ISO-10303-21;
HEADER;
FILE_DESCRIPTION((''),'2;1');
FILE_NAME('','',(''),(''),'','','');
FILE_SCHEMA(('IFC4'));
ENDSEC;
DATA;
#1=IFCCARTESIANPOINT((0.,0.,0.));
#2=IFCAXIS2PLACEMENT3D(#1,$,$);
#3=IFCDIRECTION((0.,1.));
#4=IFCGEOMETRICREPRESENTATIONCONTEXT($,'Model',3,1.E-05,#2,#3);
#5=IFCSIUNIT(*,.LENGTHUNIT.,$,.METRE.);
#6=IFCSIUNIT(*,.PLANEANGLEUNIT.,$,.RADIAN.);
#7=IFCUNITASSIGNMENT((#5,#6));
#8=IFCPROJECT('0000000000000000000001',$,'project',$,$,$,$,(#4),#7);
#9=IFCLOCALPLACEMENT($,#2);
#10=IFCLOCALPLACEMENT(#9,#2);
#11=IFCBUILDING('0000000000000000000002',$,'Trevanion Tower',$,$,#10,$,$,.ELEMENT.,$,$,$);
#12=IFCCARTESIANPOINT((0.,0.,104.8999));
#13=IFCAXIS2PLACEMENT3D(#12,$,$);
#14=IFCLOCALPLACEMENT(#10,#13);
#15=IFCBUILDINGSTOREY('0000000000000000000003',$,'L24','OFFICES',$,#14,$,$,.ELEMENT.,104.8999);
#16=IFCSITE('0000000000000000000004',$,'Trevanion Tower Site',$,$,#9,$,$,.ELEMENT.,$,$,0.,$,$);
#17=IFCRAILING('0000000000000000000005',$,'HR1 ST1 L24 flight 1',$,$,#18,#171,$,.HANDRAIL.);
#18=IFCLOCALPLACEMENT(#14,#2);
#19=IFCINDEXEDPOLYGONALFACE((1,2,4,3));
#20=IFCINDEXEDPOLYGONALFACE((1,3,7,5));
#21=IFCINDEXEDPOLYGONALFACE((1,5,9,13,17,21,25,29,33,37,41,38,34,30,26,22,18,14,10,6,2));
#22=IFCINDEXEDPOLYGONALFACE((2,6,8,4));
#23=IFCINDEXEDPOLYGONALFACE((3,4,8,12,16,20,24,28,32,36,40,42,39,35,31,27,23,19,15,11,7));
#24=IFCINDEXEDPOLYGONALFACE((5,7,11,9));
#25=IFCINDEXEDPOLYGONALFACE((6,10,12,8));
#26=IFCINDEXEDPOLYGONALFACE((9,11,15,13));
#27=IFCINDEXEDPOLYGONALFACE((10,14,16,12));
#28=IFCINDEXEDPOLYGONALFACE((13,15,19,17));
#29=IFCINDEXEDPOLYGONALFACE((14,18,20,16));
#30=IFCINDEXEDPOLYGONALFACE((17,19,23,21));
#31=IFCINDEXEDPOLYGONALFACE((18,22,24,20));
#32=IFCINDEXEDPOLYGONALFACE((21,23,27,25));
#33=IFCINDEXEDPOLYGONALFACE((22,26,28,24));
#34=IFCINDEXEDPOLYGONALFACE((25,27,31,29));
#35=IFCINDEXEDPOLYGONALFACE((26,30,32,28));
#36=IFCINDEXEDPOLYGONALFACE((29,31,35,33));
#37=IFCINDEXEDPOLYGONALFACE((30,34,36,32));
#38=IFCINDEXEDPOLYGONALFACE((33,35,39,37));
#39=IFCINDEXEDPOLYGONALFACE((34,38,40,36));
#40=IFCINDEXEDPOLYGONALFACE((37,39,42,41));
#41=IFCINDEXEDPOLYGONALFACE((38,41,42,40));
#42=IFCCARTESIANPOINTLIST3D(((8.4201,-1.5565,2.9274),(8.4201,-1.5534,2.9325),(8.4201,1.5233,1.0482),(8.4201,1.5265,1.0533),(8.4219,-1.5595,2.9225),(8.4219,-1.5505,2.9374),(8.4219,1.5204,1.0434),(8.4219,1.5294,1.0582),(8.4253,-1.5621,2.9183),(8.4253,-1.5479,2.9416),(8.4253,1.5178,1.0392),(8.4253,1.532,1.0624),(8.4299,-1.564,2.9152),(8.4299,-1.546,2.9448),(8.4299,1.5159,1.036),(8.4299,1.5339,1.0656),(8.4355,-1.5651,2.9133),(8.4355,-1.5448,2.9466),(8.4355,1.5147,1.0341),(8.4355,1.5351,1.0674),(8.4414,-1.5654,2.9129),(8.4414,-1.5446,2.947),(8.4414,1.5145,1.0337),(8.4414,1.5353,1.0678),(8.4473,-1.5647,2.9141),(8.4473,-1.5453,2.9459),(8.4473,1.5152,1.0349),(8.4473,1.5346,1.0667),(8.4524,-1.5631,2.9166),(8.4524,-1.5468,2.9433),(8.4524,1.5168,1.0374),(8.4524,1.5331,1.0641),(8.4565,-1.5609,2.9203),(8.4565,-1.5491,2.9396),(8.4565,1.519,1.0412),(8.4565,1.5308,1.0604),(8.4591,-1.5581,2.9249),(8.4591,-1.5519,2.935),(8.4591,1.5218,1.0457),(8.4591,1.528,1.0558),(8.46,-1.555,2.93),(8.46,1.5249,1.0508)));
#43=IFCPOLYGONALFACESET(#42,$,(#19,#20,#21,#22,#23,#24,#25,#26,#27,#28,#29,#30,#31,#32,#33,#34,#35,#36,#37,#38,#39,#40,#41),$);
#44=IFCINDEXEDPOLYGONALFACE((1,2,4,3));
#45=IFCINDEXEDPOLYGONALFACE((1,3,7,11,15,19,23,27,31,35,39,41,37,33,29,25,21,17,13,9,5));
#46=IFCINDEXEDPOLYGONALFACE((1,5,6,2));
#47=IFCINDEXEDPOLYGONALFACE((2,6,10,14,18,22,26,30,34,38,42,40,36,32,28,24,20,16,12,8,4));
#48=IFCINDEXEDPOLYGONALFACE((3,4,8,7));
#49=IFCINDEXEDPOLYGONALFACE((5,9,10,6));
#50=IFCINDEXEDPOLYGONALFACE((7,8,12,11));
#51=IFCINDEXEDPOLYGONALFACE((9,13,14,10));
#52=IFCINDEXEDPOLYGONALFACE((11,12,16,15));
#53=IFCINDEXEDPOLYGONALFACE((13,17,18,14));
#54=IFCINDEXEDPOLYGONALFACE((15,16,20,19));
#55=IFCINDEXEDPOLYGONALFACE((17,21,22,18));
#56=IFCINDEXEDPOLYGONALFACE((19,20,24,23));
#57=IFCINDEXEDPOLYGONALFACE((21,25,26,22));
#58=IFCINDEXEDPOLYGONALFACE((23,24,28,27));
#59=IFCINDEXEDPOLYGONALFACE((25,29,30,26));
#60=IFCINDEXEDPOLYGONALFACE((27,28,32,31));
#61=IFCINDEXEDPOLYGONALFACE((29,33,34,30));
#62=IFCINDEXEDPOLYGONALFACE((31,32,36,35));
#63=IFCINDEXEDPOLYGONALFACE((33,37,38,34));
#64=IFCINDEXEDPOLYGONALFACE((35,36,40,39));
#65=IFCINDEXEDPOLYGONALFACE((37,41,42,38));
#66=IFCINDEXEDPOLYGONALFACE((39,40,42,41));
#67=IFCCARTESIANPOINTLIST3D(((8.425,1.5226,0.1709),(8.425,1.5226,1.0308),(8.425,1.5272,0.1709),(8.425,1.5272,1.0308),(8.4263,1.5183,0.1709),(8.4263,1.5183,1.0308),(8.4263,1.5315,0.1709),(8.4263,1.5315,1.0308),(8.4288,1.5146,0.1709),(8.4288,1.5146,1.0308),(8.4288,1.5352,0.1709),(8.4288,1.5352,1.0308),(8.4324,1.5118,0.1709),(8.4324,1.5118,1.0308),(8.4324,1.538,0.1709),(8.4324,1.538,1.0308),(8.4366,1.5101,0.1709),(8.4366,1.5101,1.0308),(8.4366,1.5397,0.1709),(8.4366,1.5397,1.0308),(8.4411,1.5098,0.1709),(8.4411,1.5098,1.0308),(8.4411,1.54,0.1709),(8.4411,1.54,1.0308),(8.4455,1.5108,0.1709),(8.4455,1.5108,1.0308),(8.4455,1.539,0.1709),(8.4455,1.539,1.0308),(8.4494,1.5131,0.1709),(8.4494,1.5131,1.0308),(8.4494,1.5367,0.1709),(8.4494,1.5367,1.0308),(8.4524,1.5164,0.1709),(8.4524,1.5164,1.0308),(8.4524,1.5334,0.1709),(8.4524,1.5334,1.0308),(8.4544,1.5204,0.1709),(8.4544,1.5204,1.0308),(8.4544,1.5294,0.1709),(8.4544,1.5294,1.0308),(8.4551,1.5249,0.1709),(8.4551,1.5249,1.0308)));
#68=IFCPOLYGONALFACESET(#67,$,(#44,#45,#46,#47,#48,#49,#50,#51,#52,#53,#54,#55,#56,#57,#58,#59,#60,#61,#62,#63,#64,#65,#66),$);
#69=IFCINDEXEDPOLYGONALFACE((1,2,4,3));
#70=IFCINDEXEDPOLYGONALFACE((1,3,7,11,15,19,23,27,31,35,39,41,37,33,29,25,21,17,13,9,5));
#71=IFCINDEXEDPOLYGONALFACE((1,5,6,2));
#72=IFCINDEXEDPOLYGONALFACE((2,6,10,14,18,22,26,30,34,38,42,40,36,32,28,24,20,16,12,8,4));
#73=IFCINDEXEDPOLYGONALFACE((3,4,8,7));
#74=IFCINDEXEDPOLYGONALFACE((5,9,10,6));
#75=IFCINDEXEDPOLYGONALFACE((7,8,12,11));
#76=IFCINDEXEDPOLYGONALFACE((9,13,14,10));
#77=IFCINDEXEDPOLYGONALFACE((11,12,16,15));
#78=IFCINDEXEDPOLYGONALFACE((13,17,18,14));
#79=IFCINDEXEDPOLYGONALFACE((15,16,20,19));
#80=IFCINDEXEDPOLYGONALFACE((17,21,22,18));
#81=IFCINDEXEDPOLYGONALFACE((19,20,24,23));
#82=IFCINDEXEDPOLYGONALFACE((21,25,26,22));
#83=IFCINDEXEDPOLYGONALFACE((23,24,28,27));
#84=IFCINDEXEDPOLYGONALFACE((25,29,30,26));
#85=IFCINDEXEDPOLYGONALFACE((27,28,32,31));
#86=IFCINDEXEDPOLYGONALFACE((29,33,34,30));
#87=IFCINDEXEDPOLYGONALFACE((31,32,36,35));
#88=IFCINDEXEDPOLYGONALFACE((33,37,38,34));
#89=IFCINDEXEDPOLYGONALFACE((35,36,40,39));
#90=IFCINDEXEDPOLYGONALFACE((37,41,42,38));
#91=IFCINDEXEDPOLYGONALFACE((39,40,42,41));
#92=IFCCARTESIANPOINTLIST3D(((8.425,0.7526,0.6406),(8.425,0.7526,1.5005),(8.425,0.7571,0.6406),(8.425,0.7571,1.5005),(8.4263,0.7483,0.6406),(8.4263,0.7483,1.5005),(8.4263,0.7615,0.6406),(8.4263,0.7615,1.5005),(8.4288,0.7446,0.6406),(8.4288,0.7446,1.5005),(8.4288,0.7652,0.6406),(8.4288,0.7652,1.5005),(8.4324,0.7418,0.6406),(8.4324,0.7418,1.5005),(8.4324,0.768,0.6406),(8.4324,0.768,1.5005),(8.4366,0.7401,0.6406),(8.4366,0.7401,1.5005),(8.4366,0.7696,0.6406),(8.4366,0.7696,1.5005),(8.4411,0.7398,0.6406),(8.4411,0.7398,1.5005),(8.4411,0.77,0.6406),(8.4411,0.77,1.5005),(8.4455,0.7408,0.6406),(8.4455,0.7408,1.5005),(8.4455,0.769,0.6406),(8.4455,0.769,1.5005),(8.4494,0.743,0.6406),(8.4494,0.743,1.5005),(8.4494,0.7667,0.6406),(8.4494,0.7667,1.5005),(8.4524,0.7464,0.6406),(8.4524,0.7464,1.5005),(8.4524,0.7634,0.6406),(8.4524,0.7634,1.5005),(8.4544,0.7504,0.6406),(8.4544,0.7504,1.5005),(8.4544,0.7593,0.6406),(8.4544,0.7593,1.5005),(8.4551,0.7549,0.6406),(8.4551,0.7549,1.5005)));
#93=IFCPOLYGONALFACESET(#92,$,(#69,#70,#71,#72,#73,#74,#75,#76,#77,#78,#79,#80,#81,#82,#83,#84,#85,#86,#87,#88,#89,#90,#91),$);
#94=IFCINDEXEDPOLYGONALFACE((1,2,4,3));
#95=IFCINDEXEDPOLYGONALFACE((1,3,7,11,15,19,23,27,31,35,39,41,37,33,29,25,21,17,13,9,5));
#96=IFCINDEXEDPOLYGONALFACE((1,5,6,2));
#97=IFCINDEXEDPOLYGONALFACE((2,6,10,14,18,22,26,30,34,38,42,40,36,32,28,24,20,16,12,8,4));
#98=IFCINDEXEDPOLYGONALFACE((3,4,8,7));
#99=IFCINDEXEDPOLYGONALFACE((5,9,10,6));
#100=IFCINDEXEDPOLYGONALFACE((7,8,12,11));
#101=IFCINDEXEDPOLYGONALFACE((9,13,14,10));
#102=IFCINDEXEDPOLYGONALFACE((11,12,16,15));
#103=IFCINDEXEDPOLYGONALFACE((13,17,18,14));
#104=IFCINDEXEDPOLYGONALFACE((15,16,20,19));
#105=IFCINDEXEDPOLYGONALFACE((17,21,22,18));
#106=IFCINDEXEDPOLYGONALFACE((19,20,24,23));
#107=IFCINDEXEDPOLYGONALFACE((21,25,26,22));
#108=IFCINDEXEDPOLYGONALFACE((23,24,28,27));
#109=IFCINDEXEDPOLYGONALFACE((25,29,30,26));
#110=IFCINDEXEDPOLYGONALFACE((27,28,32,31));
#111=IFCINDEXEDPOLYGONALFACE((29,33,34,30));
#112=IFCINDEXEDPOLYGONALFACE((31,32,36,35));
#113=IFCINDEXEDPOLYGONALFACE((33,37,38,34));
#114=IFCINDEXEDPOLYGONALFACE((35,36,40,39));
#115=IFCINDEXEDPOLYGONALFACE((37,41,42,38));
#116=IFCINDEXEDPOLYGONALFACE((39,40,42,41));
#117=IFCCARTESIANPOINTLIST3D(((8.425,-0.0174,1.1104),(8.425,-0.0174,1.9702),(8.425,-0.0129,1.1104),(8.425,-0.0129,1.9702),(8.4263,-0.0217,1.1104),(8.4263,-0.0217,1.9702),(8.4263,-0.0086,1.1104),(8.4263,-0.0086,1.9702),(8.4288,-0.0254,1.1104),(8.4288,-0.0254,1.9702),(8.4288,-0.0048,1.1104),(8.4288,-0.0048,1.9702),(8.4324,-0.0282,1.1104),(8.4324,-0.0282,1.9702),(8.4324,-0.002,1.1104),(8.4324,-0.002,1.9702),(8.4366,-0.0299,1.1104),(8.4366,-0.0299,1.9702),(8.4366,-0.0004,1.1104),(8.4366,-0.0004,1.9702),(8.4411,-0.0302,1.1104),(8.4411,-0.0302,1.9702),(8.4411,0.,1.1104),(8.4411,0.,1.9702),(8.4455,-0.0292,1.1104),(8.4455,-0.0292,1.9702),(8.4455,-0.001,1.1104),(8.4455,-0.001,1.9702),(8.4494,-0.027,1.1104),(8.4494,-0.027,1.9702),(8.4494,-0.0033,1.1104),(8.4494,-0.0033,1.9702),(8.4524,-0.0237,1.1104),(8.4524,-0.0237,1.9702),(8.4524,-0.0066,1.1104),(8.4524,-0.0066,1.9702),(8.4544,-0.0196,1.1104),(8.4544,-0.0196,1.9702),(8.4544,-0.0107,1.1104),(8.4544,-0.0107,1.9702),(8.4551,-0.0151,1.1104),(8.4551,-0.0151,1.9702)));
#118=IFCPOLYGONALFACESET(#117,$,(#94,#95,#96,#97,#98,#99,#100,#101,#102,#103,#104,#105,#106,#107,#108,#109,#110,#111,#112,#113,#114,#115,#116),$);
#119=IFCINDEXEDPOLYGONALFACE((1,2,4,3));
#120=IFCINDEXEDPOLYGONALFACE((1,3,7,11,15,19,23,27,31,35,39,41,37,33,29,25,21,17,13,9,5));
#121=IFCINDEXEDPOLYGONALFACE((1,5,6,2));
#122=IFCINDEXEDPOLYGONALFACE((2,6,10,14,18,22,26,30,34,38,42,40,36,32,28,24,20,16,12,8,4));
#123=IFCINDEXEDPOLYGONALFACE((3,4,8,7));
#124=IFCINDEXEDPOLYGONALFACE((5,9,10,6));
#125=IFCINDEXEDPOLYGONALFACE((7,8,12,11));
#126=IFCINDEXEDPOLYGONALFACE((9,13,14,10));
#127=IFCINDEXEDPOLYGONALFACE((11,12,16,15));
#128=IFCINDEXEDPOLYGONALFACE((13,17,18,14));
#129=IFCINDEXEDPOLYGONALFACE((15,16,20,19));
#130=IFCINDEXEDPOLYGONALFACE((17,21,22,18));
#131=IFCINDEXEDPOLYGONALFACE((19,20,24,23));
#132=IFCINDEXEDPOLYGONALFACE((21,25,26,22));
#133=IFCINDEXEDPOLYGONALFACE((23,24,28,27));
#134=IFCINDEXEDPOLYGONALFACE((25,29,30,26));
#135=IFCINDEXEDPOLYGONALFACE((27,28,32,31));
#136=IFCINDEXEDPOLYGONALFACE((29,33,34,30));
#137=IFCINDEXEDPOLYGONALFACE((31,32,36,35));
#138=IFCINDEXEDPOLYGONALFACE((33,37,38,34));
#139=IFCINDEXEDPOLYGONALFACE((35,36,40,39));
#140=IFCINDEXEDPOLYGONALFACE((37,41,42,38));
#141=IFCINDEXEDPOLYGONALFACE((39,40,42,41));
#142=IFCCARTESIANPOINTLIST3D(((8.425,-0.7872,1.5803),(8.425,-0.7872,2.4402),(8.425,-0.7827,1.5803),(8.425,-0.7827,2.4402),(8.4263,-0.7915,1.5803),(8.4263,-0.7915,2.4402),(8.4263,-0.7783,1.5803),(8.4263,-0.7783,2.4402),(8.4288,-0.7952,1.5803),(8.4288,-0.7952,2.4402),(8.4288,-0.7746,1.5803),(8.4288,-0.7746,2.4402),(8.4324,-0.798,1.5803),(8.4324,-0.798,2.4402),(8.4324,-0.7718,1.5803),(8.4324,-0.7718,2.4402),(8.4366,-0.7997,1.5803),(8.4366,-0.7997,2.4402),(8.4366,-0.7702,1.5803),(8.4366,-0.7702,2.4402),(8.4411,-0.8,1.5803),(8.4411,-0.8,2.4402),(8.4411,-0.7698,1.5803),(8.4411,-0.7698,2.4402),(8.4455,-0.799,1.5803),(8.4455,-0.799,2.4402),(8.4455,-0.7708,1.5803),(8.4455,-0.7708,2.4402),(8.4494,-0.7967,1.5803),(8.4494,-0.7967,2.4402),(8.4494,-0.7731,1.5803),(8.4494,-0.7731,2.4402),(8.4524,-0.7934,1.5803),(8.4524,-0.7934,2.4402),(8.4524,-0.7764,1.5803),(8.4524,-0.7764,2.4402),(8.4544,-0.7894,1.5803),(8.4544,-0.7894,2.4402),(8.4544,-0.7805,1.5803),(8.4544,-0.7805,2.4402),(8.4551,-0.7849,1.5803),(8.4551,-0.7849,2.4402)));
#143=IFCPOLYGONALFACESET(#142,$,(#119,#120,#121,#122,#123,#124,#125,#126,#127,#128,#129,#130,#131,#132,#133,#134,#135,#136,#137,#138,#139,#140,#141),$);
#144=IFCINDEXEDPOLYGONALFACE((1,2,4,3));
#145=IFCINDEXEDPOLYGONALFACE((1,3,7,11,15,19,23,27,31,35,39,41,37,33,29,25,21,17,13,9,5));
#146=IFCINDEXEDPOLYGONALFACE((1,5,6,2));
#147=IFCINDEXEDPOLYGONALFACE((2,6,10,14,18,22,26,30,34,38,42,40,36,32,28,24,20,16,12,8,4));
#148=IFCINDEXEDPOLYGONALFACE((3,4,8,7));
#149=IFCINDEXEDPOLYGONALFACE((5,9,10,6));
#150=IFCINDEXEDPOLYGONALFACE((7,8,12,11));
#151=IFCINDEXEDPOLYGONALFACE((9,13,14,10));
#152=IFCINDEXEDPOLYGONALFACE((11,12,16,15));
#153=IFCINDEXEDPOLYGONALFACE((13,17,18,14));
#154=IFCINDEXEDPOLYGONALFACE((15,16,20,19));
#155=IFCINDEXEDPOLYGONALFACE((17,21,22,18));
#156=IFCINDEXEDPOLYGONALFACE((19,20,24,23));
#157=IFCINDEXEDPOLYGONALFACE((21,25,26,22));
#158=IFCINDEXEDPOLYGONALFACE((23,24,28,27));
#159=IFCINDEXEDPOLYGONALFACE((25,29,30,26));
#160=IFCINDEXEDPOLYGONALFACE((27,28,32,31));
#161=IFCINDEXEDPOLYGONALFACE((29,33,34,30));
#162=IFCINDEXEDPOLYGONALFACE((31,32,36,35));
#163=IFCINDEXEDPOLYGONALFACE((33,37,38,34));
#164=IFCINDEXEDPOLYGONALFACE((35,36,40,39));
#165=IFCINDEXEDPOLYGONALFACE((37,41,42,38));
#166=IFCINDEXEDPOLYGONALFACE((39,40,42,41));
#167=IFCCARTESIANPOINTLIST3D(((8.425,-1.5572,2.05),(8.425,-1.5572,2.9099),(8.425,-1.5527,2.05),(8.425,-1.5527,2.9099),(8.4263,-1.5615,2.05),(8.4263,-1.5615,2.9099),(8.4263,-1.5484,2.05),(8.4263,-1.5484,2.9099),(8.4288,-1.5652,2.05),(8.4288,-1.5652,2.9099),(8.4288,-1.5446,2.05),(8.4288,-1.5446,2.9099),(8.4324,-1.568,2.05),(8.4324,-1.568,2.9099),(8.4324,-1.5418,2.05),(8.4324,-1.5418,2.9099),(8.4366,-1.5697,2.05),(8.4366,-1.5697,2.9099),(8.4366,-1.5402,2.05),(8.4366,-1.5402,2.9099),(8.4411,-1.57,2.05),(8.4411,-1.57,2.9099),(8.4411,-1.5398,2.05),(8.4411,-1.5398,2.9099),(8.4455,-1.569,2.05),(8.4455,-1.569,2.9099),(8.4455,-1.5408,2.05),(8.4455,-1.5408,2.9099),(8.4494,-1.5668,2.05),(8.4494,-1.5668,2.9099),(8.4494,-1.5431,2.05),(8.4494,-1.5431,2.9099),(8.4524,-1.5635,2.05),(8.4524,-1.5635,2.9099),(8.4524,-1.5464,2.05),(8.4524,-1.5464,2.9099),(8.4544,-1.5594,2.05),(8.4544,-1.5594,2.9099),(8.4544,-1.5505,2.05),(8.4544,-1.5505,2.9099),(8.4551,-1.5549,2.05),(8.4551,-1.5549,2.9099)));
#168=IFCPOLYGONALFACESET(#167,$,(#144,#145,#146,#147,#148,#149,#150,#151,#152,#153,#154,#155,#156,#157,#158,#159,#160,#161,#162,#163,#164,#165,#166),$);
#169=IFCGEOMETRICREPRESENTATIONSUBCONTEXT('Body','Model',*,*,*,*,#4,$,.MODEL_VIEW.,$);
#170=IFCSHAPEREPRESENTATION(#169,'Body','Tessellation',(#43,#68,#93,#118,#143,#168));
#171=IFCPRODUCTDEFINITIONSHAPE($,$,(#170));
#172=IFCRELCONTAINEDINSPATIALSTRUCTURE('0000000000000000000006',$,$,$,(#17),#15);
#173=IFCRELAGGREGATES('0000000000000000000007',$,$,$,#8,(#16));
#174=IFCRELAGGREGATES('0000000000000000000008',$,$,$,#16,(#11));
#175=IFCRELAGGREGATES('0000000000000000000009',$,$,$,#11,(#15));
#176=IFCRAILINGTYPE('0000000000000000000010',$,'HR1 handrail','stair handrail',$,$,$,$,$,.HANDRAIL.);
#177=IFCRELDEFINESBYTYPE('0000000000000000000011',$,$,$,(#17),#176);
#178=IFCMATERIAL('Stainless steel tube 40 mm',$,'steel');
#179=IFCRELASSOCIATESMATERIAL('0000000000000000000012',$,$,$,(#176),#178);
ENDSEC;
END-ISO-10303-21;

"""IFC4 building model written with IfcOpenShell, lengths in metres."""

from ifc_helpers import new_model, si_unit, direction, frame, origin, origin_2d, place, context, subcontext, project, spatial, circle, extrude, material, type_object, element, save


model = new_model("IFC4")

# Units and contexts
model_context = context("Model", 3, precision=1e-05, world=origin(), true_north=direction((0.0, 1.0)))
body_context = subcontext(model_context, "Body", "Model", "MODEL_VIEW")
ifc_project = project(units=[si_unit("LENGTHUNIT", "METRE"), si_unit("PLANEANGLEUNIT", "RADIAN")], contexts=[model_context])

# Site, building, storey
site_placement = place(None, origin())
site = spatial("IfcSite", under=ifc_project, at=site_placement, Name="Trevanion Tower Site", CompositionType="ELEMENT", RefElevation=0.0)
building_placement = place(site_placement, origin())
building = spatial("IfcBuilding", under=site, at=building_placement, Name="Trevanion Tower", CompositionType="ELEMENT")
storey_placement = place(building_placement, frame((0.0, 0.0, 104.8999)))
storey = spatial("IfcBuildingStorey", under=building, at=storey_placement, Name="L24", Description="OFFICES", CompositionType="ELEMENT", Elevation=104.8999)

# Railing
ifc_material_1 = material(Name="Stainless steel tube 40 mm", Category="steel")
railing_type = type_object("IfcRailingType", Name="HR1 handrail", Description="stair handrail", PredefinedType="HANDRAIL", material=ifc_material_1)
for number, where, name in (
    (1, (8.4399, 1.5249, 0.1709), "HR1 ST1 L24 flight 1"),
):
    element("IfcRailing", number, at=place(storey_placement, frame(where)), inside=storey, type_object=railing_type, Name=name, PredefinedType="HANDRAIL", context=body_context, shape_type="SweptSolid", body=[
        extrude(circle(Radius=0.02, at=origin_2d()), frame((0.0, 0.0, 0.8799), z_axis=(0.0, -0.853648, 0.52085), x_axis=(1.0, 0.0, 0.0)), (0.0, 0.0, 1.0), 3.6079),
        extrude(circle(Radius=0.0151, at=origin_2d()), origin(), (0.0, 0.0, 1.0), 0.8599),
        extrude(circle(Radius=0.0151, at=origin_2d()), frame((0.0, -0.77, 0.4697)), (0.0, 0.0, 1.0), 0.8599),
        extrude(circle(Radius=0.0151, at=origin_2d()), frame((0.0, -1.54, 0.9395)), (0.0, 0.0, 1.0), 0.8599),
        extrude(circle(Radius=0.0151, at=origin_2d()), frame((0.0, -2.3098, 1.4094)), (0.0, 0.0, 1.0), 0.8599),
        extrude(circle(Radius=0.0151, at=origin_2d()), frame((0.0, -3.0798, 1.8792)), (0.0, 0.0, 1.0), 0.8599),
    ])

save(model, "model.ifc")
